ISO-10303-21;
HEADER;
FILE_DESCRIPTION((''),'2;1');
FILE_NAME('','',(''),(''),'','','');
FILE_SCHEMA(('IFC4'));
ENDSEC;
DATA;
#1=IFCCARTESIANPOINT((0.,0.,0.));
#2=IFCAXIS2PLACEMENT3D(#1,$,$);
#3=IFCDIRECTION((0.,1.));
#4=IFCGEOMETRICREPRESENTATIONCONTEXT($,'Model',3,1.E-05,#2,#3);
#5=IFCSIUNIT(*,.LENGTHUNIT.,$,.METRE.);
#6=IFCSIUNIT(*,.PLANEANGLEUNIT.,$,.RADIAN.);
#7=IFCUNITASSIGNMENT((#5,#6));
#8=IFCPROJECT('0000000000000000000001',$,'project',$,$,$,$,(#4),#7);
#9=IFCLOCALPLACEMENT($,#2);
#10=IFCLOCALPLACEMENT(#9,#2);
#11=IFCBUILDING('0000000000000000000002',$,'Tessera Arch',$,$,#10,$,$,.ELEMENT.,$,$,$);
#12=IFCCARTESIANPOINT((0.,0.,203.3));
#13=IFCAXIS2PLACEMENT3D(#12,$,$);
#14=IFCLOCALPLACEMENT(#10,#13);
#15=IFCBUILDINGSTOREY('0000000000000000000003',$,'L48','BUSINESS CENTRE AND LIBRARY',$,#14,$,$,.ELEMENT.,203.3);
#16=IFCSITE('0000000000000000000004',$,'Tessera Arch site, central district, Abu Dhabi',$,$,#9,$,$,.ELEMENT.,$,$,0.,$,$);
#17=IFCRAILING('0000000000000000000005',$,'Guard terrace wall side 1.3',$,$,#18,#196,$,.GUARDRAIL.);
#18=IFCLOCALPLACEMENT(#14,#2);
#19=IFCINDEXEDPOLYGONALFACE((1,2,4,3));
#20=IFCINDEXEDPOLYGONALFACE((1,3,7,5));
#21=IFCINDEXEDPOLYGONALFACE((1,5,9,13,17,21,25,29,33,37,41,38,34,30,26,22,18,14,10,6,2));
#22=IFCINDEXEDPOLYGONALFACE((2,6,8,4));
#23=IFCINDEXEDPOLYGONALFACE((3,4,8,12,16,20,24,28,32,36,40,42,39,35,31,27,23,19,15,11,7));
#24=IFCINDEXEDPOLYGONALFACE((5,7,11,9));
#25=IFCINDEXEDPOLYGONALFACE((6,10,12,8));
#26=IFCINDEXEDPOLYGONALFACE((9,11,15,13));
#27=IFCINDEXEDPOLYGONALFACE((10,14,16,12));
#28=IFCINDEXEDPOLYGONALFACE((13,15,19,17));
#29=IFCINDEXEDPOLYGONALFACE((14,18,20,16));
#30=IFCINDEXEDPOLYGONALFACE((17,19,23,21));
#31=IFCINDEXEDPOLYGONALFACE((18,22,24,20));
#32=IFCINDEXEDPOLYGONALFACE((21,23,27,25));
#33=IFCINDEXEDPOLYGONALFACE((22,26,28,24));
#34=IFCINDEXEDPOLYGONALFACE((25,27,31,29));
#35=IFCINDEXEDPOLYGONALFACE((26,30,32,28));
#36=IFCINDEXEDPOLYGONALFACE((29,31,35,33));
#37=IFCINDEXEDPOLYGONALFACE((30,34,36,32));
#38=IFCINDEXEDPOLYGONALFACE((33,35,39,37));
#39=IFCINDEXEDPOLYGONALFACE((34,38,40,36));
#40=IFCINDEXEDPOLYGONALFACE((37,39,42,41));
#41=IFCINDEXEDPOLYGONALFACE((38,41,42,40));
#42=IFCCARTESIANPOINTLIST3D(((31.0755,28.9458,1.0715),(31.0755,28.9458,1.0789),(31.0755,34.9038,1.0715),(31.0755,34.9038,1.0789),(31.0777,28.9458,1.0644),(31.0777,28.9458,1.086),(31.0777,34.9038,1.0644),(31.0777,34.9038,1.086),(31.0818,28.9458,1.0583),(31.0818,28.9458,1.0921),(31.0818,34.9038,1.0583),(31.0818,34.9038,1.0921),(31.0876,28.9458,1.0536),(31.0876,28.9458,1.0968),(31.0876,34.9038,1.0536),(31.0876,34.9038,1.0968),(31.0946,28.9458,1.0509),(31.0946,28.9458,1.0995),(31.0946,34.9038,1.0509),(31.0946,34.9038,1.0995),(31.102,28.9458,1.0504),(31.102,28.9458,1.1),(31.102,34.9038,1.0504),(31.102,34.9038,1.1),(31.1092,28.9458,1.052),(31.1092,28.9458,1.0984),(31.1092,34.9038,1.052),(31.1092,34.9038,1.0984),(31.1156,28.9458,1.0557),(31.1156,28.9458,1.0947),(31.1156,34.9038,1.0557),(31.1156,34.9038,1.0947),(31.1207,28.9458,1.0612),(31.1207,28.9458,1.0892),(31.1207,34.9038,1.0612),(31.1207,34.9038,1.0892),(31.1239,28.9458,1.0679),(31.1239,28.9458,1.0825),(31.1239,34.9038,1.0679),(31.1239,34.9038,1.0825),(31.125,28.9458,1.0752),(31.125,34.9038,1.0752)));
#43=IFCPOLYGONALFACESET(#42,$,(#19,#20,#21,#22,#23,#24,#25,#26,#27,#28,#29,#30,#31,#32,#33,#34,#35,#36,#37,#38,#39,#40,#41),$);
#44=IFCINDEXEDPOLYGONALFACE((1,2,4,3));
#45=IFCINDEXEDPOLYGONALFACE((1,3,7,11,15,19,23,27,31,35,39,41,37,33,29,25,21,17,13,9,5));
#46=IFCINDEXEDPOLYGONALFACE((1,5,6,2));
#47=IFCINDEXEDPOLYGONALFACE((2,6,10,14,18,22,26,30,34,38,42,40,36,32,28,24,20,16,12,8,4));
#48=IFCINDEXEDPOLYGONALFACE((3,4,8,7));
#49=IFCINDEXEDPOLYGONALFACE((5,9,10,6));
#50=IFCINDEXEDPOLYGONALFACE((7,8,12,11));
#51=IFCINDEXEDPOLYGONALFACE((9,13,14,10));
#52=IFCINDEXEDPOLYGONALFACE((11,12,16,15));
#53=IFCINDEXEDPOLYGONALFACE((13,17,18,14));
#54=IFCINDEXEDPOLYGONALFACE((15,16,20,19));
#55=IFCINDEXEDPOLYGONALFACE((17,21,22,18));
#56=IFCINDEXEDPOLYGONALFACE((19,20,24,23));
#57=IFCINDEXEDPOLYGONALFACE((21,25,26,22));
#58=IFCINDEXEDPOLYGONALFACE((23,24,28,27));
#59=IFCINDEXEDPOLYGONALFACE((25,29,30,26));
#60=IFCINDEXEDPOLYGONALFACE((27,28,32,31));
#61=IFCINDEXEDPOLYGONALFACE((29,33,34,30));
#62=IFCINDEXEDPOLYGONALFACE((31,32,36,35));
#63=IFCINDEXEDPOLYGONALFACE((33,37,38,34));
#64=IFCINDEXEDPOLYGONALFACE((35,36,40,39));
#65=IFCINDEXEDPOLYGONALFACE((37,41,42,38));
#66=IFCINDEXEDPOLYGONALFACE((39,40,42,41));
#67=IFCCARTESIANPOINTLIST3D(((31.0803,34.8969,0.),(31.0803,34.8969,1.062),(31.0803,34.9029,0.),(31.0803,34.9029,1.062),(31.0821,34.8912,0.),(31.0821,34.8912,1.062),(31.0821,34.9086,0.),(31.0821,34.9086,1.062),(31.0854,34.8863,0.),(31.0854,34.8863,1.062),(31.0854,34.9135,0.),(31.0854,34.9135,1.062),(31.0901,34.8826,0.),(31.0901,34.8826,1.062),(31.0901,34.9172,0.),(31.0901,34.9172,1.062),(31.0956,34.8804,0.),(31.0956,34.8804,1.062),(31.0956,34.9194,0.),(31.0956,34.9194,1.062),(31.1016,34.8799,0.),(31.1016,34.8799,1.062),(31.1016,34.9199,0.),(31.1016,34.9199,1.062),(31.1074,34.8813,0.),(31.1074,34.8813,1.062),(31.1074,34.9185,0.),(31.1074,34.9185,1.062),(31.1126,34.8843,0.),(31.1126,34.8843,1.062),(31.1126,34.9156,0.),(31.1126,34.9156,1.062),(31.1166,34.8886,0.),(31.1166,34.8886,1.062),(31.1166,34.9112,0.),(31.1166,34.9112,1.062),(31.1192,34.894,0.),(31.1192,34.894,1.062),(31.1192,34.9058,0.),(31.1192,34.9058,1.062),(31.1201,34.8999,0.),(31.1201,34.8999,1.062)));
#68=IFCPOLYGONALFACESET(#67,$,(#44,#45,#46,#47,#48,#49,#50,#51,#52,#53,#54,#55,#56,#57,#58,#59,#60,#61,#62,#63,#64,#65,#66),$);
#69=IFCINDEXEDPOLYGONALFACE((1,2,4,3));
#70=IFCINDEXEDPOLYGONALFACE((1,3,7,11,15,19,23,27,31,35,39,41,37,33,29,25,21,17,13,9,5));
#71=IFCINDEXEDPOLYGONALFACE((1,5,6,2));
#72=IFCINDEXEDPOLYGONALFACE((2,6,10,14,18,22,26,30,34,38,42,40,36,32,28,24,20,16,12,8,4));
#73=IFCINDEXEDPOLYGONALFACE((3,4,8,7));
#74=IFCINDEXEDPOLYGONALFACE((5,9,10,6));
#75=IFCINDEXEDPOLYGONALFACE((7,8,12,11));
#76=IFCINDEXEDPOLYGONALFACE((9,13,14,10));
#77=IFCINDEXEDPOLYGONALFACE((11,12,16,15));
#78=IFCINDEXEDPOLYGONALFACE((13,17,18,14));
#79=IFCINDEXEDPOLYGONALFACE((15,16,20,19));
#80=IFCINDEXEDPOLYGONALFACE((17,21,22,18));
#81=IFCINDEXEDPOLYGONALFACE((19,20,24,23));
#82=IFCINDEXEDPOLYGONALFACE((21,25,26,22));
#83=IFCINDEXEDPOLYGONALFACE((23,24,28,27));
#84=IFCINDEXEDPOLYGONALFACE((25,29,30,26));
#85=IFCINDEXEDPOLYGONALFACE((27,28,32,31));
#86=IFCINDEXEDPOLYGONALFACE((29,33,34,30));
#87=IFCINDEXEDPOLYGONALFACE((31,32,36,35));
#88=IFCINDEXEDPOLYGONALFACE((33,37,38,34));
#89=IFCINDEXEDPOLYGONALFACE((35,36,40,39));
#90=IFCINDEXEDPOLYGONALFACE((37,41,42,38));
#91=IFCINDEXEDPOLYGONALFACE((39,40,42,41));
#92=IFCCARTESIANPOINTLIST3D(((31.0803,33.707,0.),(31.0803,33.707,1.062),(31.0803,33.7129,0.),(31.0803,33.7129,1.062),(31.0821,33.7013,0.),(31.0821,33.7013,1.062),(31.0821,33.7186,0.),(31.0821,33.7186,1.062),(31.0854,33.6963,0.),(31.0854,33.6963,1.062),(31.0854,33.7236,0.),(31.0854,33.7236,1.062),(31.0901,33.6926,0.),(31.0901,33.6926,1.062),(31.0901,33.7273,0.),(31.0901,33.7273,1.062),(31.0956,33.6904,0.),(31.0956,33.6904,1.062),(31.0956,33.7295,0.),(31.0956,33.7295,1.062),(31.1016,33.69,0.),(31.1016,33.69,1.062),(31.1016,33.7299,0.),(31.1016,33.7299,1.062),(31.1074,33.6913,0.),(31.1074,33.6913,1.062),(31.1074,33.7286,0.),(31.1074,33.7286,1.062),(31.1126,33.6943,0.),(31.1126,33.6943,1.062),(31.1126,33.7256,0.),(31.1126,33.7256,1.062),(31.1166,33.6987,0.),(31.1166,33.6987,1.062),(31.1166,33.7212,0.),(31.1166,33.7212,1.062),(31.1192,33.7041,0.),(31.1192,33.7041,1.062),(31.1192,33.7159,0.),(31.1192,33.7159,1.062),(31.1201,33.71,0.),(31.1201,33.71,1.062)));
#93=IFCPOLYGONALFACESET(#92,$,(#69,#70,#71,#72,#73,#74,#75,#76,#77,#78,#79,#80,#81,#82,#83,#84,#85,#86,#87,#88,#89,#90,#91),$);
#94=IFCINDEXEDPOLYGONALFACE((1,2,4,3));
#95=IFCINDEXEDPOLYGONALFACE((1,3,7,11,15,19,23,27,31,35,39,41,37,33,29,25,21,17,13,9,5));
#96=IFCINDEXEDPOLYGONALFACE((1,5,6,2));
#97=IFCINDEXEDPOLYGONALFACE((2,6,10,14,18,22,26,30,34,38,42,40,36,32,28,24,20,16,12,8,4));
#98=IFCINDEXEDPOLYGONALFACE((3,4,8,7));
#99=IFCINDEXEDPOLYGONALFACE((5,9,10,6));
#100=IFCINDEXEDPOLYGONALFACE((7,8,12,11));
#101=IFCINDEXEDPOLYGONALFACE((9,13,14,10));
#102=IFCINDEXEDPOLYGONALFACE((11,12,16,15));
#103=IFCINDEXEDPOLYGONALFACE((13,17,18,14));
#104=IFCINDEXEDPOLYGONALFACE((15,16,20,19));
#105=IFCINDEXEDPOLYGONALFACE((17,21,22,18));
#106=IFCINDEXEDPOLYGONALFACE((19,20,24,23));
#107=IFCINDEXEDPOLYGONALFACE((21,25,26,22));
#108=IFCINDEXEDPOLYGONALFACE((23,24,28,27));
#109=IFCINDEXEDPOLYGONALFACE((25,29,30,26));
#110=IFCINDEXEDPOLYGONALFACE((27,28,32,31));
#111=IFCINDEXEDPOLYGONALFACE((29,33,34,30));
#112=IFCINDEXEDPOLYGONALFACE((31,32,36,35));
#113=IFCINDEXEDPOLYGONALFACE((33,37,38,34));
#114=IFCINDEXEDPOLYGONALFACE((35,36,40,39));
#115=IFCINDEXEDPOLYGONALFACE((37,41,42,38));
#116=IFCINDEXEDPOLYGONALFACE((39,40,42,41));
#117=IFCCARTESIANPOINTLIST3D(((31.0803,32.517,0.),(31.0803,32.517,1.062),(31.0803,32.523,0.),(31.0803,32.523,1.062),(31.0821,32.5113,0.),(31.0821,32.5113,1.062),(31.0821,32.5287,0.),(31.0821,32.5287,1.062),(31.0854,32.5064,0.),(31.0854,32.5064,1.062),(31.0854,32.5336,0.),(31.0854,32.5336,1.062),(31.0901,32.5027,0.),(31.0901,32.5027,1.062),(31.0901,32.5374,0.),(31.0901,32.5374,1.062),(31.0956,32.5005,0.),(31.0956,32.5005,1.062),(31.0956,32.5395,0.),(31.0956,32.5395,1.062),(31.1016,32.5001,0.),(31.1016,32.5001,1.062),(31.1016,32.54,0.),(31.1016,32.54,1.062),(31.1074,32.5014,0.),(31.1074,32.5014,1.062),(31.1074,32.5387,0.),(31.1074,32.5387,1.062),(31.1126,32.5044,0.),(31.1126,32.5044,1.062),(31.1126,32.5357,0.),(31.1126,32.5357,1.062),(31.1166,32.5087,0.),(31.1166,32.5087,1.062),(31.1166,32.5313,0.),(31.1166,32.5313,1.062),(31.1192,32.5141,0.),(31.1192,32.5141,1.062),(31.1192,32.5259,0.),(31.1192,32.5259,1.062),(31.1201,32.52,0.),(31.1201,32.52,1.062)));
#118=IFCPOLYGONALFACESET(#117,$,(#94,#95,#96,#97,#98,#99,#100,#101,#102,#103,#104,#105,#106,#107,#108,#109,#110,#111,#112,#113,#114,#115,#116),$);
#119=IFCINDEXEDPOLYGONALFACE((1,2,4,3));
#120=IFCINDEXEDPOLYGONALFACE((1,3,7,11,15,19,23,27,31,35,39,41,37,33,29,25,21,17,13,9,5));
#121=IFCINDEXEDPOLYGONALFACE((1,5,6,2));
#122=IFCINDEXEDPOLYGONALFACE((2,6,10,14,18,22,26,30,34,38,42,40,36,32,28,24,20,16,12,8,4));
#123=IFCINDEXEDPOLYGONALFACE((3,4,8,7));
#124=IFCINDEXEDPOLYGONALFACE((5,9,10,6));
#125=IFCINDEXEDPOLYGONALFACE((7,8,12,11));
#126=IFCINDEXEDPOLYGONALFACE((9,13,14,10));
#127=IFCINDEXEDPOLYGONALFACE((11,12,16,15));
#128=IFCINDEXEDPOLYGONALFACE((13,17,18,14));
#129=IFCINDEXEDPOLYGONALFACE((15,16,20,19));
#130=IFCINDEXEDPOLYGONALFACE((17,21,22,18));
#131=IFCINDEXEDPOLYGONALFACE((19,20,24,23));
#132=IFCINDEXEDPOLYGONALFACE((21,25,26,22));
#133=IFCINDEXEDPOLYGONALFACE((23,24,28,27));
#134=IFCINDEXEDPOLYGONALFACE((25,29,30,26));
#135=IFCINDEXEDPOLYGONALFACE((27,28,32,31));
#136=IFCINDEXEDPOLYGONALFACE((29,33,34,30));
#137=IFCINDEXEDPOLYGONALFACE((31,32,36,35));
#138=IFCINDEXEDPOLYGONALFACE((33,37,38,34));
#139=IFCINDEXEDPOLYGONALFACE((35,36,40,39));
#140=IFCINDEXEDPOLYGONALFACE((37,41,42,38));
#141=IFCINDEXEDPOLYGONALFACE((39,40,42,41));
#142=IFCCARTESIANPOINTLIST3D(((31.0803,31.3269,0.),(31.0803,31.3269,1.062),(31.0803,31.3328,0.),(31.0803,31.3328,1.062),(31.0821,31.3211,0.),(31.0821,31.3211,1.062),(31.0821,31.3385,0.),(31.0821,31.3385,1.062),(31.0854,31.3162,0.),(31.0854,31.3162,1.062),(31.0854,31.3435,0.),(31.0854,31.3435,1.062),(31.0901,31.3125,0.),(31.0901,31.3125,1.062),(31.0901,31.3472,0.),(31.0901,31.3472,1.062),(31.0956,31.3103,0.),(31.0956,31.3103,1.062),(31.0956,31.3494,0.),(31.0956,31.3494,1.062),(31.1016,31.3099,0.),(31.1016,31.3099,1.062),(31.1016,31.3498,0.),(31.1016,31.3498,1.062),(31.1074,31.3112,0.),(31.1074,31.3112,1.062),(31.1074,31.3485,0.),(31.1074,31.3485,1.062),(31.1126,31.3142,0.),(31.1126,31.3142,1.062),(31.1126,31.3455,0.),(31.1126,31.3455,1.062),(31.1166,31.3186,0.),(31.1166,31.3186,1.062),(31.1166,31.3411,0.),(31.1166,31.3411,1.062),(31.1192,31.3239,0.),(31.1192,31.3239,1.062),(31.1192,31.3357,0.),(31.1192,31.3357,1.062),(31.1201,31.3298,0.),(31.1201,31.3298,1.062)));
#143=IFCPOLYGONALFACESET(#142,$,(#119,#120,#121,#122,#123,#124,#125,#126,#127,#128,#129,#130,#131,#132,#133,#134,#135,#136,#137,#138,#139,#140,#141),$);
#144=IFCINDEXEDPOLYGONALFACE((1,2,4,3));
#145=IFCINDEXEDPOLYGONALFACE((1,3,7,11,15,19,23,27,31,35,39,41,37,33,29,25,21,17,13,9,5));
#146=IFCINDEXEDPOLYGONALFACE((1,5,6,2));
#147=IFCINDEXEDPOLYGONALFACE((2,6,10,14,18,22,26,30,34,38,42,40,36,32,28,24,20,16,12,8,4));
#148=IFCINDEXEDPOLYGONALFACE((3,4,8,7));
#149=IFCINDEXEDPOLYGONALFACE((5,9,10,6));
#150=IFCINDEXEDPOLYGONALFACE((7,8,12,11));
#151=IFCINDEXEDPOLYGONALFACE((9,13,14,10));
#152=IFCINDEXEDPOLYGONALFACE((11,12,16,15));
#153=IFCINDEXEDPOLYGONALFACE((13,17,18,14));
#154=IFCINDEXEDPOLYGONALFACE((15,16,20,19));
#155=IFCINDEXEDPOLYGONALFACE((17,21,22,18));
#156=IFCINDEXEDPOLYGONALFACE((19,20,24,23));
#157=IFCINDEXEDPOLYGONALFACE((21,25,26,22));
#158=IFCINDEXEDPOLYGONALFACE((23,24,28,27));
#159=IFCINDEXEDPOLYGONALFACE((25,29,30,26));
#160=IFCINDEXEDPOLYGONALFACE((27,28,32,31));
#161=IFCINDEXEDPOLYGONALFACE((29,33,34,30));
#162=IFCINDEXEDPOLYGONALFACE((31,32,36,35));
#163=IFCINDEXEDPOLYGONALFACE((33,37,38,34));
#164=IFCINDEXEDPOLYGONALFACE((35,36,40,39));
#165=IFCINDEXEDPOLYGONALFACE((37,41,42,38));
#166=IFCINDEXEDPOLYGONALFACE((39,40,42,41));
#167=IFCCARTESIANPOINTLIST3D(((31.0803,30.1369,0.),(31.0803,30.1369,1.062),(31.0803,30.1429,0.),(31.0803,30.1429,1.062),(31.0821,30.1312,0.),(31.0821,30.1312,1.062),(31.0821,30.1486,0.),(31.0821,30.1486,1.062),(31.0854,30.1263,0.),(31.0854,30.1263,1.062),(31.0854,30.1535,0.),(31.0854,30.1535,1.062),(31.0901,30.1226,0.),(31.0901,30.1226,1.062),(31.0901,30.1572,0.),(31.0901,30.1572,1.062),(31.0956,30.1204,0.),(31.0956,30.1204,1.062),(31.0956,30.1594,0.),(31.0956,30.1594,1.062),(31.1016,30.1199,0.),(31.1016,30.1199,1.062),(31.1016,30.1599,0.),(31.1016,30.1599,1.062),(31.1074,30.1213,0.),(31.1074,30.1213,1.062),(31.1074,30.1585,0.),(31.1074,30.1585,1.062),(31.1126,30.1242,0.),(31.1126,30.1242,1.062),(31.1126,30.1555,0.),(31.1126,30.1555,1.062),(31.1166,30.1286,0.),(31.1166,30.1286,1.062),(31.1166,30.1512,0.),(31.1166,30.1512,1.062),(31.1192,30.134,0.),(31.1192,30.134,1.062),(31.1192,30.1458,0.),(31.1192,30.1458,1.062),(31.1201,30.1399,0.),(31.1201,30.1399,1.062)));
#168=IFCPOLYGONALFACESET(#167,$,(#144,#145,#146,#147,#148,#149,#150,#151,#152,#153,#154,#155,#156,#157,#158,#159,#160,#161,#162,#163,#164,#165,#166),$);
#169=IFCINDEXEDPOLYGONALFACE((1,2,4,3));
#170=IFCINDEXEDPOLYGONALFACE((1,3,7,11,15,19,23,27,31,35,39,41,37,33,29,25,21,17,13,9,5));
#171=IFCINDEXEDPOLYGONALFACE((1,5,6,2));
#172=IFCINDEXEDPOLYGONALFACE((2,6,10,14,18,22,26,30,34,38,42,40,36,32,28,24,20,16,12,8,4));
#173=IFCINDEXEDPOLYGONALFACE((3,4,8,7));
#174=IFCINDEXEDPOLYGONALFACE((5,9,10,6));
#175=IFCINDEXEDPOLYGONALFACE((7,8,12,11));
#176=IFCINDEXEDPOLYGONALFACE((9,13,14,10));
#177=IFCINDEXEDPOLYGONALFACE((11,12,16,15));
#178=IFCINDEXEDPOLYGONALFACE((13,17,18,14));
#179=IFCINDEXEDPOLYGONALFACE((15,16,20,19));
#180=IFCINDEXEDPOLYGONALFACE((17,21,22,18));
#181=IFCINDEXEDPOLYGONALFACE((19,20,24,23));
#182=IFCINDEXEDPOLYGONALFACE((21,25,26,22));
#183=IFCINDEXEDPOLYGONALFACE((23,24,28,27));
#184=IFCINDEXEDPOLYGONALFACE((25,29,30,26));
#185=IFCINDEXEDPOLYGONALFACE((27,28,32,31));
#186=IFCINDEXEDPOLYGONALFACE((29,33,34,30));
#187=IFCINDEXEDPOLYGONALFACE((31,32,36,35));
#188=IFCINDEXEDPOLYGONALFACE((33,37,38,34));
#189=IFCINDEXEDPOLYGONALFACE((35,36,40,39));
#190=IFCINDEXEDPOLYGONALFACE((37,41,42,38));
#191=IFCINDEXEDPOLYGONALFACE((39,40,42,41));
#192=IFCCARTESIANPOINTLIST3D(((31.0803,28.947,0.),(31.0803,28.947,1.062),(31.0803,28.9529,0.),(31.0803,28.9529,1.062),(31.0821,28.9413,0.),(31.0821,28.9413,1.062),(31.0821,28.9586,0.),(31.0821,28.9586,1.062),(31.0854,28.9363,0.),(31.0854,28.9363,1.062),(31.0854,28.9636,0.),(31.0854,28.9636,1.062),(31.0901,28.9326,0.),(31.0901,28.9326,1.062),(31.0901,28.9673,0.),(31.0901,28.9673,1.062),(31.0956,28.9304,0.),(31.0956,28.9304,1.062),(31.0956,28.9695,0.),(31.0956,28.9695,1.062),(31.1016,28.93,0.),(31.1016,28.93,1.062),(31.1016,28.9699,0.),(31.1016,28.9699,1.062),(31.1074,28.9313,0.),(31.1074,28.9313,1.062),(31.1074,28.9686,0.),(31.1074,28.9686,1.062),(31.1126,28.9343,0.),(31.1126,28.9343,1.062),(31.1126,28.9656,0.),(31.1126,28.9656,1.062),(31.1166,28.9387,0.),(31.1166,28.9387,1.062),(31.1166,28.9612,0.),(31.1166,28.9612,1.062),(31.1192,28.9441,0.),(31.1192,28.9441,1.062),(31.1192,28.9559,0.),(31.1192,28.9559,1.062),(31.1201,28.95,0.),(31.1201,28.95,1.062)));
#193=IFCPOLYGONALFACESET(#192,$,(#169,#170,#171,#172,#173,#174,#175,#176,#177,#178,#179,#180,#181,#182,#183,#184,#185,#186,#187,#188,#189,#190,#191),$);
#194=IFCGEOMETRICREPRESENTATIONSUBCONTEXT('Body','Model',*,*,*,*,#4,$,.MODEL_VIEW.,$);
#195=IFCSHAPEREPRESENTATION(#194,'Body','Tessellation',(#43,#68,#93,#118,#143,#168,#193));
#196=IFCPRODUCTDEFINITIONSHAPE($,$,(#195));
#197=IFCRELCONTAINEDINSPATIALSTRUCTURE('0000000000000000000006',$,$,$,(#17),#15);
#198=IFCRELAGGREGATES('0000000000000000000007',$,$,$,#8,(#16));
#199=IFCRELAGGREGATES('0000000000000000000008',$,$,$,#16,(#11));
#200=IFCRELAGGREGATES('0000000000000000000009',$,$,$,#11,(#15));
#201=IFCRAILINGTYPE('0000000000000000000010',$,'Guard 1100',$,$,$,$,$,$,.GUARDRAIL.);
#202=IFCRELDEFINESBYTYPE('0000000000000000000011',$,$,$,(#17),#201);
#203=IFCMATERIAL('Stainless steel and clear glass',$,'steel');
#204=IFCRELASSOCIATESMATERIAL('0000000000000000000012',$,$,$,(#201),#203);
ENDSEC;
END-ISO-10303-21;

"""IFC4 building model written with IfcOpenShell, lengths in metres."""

from ifc_helpers import new_model, si_unit, direction, frame, origin, origin_2d, place, context, subcontext, project, spatial, circle, extrude, material, type_object, element, save


model = new_model("IFC4")

# Units and contexts
model_context = context("Model", 3, precision=1e-05, world=origin(), true_north=direction((0.0, 1.0)))
body_context = subcontext(model_context, "Body", "Model", "MODEL_VIEW")
ifc_project = project(units=[si_unit("LENGTHUNIT", "METRE"), si_unit("PLANEANGLEUNIT", "RADIAN")], contexts=[model_context])

# Site, building, storey
site_placement = place(None, origin())
site = spatial("IfcSite", under=ifc_project, at=site_placement, Name="Tessera Arch site, central district, Abu Dhabi", CompositionType="ELEMENT", RefElevation=0.0)
building_placement = place(site_placement, origin())
building = spatial("IfcBuilding", under=site, at=building_placement, Name="Tessera Arch", CompositionType="ELEMENT")
storey_placement = place(building_placement, frame((0.0, 0.0, 203.3)))
storey = spatial("IfcBuildingStorey", under=building, at=storey_placement, Name="L48", Description="BUSINESS CENTRE AND LIBRARY", CompositionType="ELEMENT", Elevation=203.3)

# Railing
ifc_material_1 = material(Name="Stainless steel and clear glass", Category="steel")
railing_type = type_object("IfcRailingType", Name="Guard 1100", PredefinedType="GUARDRAIL", material=ifc_material_1)
railing_1_placement = place(storey_placement, frame((31.1001, 34.8999, 0.0)))
element("IfcRailing", 1, at=railing_1_placement, inside=storey, type_object=railing_type, Name="Guard terrace wall side 1.3", PredefinedType="GUARDRAIL", context=body_context, shape_type="SweptSolid", body=[
    extrude(circle(Radius=0.0249, at=origin_2d()), frame((0.0, 0.0039, 1.0752), z_axis=(0.0, -1.0, 0.0), x_axis=(1.0, 0.0, 0.0)), (0.0, 0.0, 1.0), 5.958),
    extrude(circle(Radius=0.02, at=origin_2d()), origin(), (0.0, 0.0, 1.0), 1.062),
    extrude(circle(Radius=0.02, at=origin_2d()), frame((0.0, -1.1899, 0.0)), (0.0, 0.0, 1.0), 1.062),
    extrude(circle(Radius=0.02, at=origin_2d()), frame((0.0, -2.3799, 0.0)), (0.0, 0.0, 1.0), 1.062),
    extrude(circle(Radius=0.02, at=origin_2d()), frame((0.0, -3.5701, 0.0)), (0.0, 0.0, 1.0), 1.062),
    extrude(circle(Radius=0.02, at=origin_2d()), frame((0.0, -4.76, 0.0)), (0.0, 0.0, 1.0), 1.062),
    extrude(circle(Radius=0.02, at=origin_2d()), frame((0.0, -5.95, 0.0)), (0.0, 0.0, 1.0), 1.062),
])

save(model, "model.ifc")
